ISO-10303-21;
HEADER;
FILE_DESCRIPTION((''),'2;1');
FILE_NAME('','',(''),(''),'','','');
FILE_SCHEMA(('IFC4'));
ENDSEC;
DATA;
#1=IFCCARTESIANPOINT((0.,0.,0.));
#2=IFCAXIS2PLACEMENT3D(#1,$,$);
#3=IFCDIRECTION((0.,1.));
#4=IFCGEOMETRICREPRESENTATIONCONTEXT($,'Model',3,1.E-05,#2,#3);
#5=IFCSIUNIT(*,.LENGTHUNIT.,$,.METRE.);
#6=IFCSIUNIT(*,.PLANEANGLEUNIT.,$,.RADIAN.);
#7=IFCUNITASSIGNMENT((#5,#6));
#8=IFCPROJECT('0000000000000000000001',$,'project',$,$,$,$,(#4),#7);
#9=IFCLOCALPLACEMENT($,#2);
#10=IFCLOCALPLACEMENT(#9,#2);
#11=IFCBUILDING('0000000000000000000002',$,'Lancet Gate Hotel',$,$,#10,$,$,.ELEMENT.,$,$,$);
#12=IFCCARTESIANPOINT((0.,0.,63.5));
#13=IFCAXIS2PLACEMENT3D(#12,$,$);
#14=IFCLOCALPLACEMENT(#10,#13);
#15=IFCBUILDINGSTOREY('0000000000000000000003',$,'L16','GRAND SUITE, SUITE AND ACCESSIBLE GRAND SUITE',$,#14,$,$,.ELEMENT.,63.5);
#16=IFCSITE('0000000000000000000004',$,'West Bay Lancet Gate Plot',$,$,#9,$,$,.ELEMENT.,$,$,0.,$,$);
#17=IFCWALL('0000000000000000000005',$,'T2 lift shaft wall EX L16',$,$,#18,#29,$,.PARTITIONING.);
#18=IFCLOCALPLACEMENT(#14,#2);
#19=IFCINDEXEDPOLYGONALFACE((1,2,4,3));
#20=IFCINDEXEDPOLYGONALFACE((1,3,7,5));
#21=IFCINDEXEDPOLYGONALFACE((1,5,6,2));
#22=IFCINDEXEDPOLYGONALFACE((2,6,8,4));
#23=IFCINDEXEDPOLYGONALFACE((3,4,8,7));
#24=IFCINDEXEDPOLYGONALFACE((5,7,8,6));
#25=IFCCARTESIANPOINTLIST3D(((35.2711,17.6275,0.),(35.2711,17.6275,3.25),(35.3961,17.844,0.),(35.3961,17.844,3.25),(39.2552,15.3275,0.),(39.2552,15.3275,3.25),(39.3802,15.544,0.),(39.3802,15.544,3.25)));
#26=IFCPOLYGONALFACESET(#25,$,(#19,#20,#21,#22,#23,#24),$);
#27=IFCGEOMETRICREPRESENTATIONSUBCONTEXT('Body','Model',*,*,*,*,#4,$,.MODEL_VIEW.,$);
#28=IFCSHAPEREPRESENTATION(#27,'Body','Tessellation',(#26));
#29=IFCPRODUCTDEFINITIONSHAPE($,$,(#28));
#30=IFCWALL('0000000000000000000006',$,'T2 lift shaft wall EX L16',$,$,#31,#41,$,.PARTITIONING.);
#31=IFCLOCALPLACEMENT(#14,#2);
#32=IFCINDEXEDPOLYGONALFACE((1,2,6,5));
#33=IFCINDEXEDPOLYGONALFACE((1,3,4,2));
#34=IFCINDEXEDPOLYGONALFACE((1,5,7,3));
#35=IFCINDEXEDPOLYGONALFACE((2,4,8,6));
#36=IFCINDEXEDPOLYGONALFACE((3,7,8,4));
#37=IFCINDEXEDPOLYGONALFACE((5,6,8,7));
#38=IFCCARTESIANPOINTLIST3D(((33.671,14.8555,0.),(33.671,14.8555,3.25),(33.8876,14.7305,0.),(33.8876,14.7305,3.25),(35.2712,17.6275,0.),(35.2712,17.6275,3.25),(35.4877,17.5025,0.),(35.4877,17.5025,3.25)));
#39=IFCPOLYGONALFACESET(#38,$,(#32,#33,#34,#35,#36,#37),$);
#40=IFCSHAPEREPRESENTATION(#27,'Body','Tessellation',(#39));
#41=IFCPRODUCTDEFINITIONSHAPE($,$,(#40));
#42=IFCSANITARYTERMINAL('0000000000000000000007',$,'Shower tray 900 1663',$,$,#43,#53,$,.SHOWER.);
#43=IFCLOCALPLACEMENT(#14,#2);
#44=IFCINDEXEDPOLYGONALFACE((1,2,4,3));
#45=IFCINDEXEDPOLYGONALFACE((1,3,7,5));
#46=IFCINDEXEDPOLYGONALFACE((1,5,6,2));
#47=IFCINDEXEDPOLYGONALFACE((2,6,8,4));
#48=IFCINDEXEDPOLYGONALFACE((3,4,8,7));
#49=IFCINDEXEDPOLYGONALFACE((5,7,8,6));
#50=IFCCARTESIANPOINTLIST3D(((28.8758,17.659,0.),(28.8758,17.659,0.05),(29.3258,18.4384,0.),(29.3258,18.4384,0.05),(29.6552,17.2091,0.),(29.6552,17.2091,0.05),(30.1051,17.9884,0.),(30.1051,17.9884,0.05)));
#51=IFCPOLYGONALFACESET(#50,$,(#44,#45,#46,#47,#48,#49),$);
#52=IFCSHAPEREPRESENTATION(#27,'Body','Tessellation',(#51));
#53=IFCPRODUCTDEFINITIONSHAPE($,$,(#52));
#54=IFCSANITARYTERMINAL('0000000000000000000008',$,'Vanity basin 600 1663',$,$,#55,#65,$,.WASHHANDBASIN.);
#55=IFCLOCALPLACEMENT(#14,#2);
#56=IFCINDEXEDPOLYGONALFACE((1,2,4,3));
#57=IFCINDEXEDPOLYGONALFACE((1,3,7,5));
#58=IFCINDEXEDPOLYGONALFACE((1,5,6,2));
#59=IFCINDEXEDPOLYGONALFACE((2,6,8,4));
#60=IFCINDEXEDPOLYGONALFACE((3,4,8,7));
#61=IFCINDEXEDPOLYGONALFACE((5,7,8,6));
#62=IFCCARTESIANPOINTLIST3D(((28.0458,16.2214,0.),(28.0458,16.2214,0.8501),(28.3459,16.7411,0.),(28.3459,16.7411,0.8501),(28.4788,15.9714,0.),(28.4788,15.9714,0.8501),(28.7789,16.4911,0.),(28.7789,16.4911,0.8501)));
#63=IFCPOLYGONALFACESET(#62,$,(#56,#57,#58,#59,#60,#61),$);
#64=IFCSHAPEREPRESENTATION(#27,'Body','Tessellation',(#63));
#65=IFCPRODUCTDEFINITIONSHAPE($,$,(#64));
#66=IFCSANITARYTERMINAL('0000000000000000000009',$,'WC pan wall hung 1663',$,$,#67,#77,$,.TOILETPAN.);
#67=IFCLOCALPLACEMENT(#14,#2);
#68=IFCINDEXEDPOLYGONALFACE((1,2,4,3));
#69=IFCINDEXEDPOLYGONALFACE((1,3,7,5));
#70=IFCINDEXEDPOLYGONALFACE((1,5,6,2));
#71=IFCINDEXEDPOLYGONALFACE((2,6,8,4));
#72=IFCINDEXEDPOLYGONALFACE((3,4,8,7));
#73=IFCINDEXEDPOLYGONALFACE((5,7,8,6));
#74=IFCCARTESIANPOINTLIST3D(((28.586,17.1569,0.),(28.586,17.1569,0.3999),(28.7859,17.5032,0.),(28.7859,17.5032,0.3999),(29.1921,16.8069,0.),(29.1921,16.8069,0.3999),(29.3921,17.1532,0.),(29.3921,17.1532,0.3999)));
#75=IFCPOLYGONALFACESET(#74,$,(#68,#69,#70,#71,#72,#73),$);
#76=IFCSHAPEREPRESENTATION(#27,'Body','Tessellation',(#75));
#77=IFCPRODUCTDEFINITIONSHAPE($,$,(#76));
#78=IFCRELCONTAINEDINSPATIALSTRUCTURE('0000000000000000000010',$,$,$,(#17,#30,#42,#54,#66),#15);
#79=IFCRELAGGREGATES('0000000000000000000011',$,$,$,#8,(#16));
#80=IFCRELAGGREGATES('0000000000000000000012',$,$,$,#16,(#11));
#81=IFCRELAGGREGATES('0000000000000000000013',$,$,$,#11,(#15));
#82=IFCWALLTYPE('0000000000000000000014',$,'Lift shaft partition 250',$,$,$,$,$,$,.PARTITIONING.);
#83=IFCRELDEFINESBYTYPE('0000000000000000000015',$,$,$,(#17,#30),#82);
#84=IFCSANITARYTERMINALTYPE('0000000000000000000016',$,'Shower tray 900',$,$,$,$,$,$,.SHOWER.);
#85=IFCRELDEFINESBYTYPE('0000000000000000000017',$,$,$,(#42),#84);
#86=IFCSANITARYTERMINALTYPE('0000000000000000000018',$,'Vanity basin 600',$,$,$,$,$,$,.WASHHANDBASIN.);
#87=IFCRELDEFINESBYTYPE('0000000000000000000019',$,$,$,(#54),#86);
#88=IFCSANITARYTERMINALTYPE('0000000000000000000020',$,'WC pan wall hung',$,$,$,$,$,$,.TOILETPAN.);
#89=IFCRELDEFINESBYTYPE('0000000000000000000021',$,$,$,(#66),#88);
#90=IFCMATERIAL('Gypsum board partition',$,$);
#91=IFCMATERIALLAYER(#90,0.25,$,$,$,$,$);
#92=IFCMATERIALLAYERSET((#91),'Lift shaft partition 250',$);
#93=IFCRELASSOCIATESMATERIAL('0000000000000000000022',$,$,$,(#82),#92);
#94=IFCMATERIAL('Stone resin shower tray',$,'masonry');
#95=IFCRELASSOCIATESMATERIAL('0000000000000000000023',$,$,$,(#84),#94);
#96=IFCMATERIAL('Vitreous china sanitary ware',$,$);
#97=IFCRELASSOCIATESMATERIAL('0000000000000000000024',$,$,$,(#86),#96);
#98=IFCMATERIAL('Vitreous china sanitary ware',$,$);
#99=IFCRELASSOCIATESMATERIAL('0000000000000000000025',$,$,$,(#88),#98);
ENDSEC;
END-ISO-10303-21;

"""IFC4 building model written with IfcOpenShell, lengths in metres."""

from ifc_helpers import new_model, si_unit, direction, frame, frame_2d, origin, origin_2d, place, context, subcontext, project, spatial, rectangle, extrude, material, layer, layer_set, type_object, element, save


model = new_model("IFC4")

# Units and contexts
model_context = context("Model", 3, precision=1e-05, world=origin(), true_north=direction((0.0, 1.0)))
body_context = subcontext(model_context, "Body", "Model", "MODEL_VIEW")
ifc_project = project(units=[si_unit("LENGTHUNIT", "METRE"), si_unit("PLANEANGLEUNIT", "RADIAN")], contexts=[model_context])

# Site, building, storey
site_placement = place(None, origin())
site = spatial("IfcSite", under=ifc_project, at=site_placement, Name="West Bay Lancet Gate Plot", CompositionType="ELEMENT", RefElevation=0.0)
building_placement = place(site_placement, origin())
building = spatial("IfcBuilding", under=site, at=building_placement, Name="Lancet Gate Hotel", CompositionType="ELEMENT")
storey_placement = place(building_placement, frame((0.0, 0.0, 63.5)))
storey = spatial("IfcBuildingStorey", under=building, at=storey_placement, Name="L16", Description="GRAND SUITE, SUITE AND ACCESSIBLE GRAND SUITE", CompositionType="ELEMENT", Elevation=63.5)

# Walls
ifc_material_1 = material(Name="Gypsum board partition")
ifc_layer_1 = layer(ifc_material_1, 0.25)
ifc_layer_set_1 = layer_set([ifc_layer_1], Name="Lift shaft partition 250")
wall_type_1 = type_object("IfcWallType", Name="Lift shaft partition 250", PredefinedType="PARTITIONING", material=ifc_layer_set_1)
for number, where, z_axis, x_axis, name in (
    (1, (35.3335, 17.7358, 0.0), (0.0, 0.0, 1.0), (0.866043, -0.499969, 0.0), "T2 lift shaft wall EX L16"),
):
    element("IfcWall", number, at=place(storey_placement, frame(where, z_axis=z_axis, x_axis=x_axis)), inside=storey, type_object=wall_type_1, Name=name, PredefinedType="PARTITIONING", context=body_context, shape_type="SweptSolid", body=[
        extrude(rectangle(XDim=4.6003, YDim=0.25, at=frame_2d((2.3003, 0.0))), origin(), (0.0, 0.0, 1.0), 3.25),
    ])
wall_1_placement = place(storey_placement, frame((33.7793, 14.793, 0.0), z_axis=(0.0, 0.0, 1.0), x_axis=(0.499929, 0.866066, 0.0)))
element("IfcWall", 2, at=wall_1_placement, inside=storey, type_object=wall_type_1, Name="T2 lift shaft wall EX L16", PredefinedType="PARTITIONING", context=body_context, shape_type="SweptSolid", body=[
    extrude(rectangle(XDim=3.2007, YDim=0.25, at=frame_2d((1.6003, 0.0))), origin(), (0.0, 0.0, 1.0), 3.25),
])

# Sanitary terminals
ifc_material_2 = material(Name="Stone resin shower tray", Category="masonry")
sanitary_terminal_type_1 = type_object("IfcSanitaryTerminalType", Name="Shower tray 900", PredefinedType="SHOWER", material=ifc_material_2)
sanitary_terminal_1_placement = place(storey_placement, frame((29.4905, 17.8237, 0.0), z_axis=(0.0, 0.0, 1.0), x_axis=(0.5, 0.866025, 0.0)))
element("IfcSanitaryTerminal", 3, at=sanitary_terminal_1_placement, inside=storey, type_object=sanitary_terminal_type_1, Name="Shower tray 900 1663", PredefinedType="SHOWER", context=body_context, shape_type="SweptSolid", body=[
    extrude(rectangle(XDim=0.8999, YDim=0.8999, at=origin_2d()), origin(), (0.0, 0.0, 1.0), 0.05),
])
ifc_material_3 = material(Name="Vitreous china sanitary ware")
sanitary_terminal_type_2 = type_object("IfcSanitaryTerminalType", Name="Vanity basin 600", PredefinedType="WASHHANDBASIN", material=ifc_material_3)
sanitary_terminal_2_placement = place(storey_placement, frame((28.4124, 16.3562, 0.0), z_axis=(0.0, 0.0, 1.0), x_axis=(0.5, 0.866025, 0.0)))
element("IfcSanitaryTerminal", 4, at=sanitary_terminal_2_placement, inside=storey, type_object=sanitary_terminal_type_2, Name="Vanity basin 600 1663", PredefinedType="WASHHANDBASIN", context=body_context, shape_type="SweptSolid", body=[
    extrude(rectangle(XDim=0.6001, YDim=0.5, at=origin_2d()), origin(), (0.0, 0.0, 1.0), 0.8501),
])
ifc_material_4 = material(Name="Vitreous china sanitary ware")
sanitary_terminal_type_3 = type_object("IfcSanitaryTerminalType", Name="WC pan wall hung", PredefinedType="TOILETPAN", material=ifc_material_4)
sanitary_terminal_3_placement = place(storey_placement, frame((28.989, 17.155, 0.0), z_axis=(0.0, 0.0, 1.0), x_axis=(0.5, 0.866025, 0.0)))
element("IfcSanitaryTerminal", 5, at=sanitary_terminal_3_placement, inside=storey, type_object=sanitary_terminal_type_3, Name="WC pan wall hung 1663", PredefinedType="TOILETPAN", context=body_context, shape_type="SweptSolid", body=[
    extrude(rectangle(XDim=0.3999, YDim=0.7, at=origin_2d()), origin(), (0.0, 0.0, 1.0), 0.3999),
])

save(model, "model.ifc")
